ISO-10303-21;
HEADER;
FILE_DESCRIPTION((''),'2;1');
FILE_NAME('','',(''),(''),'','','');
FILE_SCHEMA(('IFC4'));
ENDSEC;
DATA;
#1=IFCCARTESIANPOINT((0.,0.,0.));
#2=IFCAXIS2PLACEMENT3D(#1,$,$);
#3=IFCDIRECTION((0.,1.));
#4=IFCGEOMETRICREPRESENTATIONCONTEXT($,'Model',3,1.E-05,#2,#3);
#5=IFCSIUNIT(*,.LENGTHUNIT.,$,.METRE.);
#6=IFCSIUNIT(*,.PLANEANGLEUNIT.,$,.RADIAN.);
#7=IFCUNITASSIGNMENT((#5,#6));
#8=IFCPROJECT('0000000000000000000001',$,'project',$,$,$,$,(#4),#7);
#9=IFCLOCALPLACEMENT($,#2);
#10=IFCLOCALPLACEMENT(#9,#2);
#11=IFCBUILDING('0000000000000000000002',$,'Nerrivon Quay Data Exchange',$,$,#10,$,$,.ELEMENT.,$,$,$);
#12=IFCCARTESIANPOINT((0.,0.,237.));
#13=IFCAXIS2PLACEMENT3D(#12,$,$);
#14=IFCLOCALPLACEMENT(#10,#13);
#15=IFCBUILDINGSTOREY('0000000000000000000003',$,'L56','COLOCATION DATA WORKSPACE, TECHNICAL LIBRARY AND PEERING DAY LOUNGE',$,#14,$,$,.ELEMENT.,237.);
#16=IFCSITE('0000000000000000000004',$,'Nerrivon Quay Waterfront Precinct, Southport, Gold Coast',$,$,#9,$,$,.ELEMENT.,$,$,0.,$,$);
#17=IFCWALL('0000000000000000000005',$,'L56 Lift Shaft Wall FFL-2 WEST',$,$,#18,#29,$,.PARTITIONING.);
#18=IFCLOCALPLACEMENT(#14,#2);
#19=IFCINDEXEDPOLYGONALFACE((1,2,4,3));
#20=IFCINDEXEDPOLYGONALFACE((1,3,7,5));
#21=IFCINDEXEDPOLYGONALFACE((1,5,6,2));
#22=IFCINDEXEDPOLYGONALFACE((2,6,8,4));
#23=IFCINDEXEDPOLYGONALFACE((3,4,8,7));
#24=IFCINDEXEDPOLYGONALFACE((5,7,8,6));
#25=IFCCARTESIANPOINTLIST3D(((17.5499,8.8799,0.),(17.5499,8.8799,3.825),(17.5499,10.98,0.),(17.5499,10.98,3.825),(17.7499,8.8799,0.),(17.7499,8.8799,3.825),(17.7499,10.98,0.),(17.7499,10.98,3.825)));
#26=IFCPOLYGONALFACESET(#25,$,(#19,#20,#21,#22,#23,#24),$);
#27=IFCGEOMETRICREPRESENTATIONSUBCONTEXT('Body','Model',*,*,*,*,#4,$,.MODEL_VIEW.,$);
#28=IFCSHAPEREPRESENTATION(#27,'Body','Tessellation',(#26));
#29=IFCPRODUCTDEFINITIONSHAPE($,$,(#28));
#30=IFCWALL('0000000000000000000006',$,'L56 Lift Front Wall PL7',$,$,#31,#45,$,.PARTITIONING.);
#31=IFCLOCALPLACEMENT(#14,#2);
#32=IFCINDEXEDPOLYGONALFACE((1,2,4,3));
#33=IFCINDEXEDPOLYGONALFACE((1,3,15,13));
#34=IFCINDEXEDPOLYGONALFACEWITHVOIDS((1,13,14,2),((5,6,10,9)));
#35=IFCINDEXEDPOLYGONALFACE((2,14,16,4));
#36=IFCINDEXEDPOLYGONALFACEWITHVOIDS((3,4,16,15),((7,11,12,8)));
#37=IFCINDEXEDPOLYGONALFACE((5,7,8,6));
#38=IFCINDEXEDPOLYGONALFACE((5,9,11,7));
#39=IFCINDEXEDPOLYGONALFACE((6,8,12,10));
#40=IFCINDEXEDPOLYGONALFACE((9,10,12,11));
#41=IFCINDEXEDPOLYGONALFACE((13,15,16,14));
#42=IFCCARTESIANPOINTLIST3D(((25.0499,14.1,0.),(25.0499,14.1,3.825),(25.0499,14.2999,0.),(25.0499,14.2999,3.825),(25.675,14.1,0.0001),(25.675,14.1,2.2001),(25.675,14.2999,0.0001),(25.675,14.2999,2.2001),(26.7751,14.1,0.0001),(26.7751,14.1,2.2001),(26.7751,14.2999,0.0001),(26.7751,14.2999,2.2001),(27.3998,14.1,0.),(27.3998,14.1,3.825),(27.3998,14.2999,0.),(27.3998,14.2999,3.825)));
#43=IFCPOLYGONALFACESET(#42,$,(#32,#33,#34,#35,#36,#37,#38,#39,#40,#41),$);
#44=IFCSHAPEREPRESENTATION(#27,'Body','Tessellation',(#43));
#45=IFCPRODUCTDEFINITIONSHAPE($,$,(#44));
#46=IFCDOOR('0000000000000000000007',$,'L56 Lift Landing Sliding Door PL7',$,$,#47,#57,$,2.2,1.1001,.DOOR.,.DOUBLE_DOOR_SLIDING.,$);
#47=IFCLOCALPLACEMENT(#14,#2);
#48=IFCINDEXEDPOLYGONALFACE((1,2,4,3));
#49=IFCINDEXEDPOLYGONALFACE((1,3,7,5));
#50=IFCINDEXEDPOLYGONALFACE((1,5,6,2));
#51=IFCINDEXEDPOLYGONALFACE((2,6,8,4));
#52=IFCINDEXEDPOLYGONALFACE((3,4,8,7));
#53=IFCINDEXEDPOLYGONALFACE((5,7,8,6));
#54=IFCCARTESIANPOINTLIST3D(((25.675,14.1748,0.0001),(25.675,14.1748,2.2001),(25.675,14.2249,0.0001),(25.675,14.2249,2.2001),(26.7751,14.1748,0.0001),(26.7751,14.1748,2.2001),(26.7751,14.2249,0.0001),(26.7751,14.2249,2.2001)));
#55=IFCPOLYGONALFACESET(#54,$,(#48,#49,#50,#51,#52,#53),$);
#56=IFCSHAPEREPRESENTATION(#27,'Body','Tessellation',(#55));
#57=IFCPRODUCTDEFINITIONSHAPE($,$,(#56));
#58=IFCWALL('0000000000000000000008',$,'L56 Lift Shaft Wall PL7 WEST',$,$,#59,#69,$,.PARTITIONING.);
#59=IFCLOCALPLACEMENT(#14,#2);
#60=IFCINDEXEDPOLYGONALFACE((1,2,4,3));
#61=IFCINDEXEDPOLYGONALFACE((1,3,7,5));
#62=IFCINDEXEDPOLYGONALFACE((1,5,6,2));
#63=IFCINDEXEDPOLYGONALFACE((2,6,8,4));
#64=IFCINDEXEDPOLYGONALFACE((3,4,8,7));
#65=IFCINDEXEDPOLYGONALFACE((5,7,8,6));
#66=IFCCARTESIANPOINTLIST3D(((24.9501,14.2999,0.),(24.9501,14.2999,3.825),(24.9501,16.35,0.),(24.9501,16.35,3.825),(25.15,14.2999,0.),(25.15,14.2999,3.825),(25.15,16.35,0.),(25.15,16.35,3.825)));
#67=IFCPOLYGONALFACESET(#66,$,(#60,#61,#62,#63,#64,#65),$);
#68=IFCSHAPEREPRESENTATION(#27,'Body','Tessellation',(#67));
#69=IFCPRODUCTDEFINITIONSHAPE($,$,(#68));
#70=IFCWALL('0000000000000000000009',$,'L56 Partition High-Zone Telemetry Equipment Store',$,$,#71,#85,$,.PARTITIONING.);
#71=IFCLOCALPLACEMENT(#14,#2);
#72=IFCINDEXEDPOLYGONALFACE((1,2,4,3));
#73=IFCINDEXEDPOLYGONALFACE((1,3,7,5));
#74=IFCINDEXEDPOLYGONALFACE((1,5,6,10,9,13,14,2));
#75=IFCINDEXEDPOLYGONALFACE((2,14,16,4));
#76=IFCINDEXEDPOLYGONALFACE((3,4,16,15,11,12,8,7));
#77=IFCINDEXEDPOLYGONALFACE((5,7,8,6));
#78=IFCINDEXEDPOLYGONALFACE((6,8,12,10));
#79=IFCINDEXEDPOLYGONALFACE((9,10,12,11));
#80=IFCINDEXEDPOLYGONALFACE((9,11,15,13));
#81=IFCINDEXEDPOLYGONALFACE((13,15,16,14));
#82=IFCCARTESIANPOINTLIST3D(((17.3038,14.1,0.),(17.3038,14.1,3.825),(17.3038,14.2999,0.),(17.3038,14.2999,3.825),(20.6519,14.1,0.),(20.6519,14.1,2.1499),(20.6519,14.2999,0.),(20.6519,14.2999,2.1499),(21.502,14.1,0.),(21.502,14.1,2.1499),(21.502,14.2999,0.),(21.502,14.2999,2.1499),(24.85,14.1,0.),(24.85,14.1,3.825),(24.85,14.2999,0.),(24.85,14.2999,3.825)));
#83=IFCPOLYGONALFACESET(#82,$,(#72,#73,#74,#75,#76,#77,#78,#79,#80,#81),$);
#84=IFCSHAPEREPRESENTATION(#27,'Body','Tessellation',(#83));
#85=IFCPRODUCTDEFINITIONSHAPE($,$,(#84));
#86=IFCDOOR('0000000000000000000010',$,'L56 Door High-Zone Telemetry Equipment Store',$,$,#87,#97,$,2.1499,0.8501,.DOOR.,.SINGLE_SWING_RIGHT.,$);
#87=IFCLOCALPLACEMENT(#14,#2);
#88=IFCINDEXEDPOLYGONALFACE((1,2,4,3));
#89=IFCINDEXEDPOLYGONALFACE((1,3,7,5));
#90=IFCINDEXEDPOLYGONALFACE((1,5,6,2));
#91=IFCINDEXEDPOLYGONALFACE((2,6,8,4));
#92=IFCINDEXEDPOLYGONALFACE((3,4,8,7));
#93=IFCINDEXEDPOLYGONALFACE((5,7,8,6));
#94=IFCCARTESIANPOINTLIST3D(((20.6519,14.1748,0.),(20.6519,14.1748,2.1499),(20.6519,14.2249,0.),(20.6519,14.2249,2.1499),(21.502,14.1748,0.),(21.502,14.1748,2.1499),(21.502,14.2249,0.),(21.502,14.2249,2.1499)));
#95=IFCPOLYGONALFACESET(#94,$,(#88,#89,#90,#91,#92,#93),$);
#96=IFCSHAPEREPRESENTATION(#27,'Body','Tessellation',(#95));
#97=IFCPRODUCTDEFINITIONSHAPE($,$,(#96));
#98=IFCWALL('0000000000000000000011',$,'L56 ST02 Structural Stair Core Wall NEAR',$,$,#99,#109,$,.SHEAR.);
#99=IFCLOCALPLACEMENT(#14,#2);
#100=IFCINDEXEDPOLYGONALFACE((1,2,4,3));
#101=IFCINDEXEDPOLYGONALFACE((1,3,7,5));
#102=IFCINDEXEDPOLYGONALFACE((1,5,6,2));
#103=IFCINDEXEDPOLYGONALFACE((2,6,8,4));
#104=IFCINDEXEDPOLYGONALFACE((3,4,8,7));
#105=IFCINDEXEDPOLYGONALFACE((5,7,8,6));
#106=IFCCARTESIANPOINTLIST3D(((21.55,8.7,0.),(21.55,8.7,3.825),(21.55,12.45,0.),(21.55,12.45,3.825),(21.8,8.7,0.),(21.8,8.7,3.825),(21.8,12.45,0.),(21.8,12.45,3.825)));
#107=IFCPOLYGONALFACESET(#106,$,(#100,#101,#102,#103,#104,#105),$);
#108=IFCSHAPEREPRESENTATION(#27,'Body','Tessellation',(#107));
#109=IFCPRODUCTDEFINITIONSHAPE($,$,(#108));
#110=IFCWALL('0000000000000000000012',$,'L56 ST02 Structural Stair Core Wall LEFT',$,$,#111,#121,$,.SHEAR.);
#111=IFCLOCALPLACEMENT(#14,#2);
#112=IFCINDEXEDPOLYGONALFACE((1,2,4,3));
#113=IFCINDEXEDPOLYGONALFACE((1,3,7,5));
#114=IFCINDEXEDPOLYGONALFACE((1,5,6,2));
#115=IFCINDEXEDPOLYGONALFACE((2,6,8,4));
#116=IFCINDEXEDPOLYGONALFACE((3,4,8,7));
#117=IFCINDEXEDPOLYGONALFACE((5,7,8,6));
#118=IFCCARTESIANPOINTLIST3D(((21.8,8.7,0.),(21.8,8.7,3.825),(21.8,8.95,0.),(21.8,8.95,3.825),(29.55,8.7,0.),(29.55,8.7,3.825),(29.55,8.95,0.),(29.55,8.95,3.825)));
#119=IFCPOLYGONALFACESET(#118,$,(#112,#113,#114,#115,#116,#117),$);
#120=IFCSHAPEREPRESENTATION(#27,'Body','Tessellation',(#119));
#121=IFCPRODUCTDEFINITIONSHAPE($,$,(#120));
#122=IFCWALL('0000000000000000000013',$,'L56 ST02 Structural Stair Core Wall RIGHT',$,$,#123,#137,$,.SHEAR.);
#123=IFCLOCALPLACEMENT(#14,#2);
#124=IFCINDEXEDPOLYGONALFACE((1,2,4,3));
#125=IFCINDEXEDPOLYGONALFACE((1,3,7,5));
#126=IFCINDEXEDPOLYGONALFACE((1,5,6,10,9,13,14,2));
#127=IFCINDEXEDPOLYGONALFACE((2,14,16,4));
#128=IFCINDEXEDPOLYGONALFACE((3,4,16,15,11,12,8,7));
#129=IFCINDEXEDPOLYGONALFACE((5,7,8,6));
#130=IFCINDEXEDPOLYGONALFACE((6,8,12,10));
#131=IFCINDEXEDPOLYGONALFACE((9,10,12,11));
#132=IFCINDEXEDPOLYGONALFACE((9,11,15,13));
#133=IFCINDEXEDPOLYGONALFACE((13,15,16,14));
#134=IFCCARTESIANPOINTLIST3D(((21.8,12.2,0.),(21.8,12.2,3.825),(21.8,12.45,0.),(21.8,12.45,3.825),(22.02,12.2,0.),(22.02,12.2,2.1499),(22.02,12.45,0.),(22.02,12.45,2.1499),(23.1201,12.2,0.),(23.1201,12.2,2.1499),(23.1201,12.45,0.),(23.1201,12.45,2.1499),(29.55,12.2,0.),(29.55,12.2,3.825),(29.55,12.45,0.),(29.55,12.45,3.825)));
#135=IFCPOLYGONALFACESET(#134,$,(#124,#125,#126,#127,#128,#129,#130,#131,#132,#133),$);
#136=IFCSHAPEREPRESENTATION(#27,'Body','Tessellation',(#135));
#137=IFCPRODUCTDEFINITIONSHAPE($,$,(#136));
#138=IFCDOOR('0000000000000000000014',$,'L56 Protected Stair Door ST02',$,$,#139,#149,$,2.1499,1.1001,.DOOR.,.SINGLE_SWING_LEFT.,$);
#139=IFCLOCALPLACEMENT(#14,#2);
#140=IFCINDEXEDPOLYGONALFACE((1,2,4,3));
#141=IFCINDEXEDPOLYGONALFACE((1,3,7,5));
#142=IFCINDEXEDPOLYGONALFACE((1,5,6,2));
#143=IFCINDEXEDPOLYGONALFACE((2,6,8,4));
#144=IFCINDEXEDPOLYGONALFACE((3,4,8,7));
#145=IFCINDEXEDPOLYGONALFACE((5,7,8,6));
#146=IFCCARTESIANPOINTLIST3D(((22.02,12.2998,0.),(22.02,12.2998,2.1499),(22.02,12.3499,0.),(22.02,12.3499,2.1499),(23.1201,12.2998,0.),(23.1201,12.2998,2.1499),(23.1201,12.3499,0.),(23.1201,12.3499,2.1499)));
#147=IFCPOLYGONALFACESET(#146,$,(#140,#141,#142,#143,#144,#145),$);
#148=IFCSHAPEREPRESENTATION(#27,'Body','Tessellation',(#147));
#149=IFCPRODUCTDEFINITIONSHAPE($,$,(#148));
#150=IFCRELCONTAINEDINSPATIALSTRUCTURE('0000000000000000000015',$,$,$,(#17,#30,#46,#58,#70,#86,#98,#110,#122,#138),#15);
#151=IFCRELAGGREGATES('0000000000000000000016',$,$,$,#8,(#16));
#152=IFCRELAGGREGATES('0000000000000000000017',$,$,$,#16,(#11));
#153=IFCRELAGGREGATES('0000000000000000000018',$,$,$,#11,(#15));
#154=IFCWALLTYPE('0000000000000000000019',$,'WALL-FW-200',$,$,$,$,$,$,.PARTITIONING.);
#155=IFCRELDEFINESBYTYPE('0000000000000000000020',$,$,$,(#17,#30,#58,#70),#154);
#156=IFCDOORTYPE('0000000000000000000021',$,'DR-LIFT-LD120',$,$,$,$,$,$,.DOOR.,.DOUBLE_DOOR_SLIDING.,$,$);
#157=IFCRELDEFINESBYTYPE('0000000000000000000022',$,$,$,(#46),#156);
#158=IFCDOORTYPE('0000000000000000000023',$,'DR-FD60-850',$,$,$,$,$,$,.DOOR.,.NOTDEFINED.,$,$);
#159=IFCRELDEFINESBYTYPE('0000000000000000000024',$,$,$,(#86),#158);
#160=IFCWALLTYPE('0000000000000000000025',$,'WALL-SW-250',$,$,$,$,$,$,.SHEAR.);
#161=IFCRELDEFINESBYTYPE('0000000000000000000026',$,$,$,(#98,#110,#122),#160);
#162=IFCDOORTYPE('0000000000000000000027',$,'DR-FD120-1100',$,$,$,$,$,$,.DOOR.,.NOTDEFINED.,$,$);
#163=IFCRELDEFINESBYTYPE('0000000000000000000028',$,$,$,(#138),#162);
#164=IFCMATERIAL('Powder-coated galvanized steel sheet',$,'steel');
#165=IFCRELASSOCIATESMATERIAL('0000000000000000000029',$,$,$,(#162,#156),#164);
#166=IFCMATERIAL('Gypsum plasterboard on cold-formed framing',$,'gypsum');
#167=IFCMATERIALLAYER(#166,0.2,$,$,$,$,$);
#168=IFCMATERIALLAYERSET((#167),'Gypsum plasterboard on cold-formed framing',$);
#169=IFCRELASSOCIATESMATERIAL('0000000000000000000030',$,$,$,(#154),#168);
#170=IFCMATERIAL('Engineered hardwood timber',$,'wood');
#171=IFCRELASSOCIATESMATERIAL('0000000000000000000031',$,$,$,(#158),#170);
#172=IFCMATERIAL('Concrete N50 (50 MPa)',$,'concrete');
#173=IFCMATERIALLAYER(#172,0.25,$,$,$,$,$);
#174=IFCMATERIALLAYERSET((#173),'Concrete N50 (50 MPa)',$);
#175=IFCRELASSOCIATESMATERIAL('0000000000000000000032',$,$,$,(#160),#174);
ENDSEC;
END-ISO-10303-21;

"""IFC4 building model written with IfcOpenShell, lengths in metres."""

from ifc_helpers import new_model, si_unit, direction, frame, frame_2d, origin, place, context, subcontext, project, spatial, rectangle, extrude, material, layer, layer_set, type_object, element, fill, save


model = new_model("IFC4")

# Units and contexts
model_context = context("Model", 3, precision=1e-05, world=origin(), true_north=direction((0.0, 1.0)))
body_context = subcontext(model_context, "Body", "Model", "MODEL_VIEW")
ifc_project = project(units=[si_unit("LENGTHUNIT", "METRE"), si_unit("PLANEANGLEUNIT", "RADIAN")], contexts=[model_context])

# Site, building, storey
site_placement = place(None, origin())
site = spatial("IfcSite", under=ifc_project, at=site_placement, Name="Nerrivon Quay Waterfront Precinct, Southport, Gold Coast", CompositionType="ELEMENT", RefElevation=0.0)
building_placement = place(site_placement, origin())
building = spatial("IfcBuilding", under=site, at=building_placement, Name="Nerrivon Quay Data Exchange", CompositionType="ELEMENT")
storey_placement = place(building_placement, frame((0.0, 0.0, 237.0)))
storey = spatial("IfcBuildingStorey", under=building, at=storey_placement, Name="L56", Description="COLOCATION DATA WORKSPACE, TECHNICAL LIBRARY AND PEERING DAY LOUNGE", CompositionType="ELEMENT", Elevation=237.0)

# Shared definitions
ifc_material_1 = material(Name="Concrete N50 (50 MPa)", Category="concrete")

# Shared definitions
ifc_material_2 = material(Name="Powder-coated galvanized steel sheet", Category="steel")
door_type_1 = type_object("IfcDoorType", Name="DR-FD120-1100", OperationType="NOTDEFINED", PredefinedType="DOOR", material=ifc_material_2)

# Shared definitions
ifc_material_3 = material(Name="Gypsum plasterboard on cold-formed framing", Category="gypsum")
ifc_layer_1 = layer(ifc_material_3, 0.2)
ifc_layer_set_1 = layer_set([ifc_layer_1], Name="Gypsum plasterboard on cold-formed framing")
wall_type_1 = type_object("IfcWallType", Name="WALL-FW-200", PredefinedType="PARTITIONING", material=ifc_layer_set_1)

# Shared definitions
door_type_2 = type_object("IfcDoorType", Name="DR-LIFT-LD120", OperationType="DOUBLE_DOOR_SLIDING", PredefinedType="DOOR", material=ifc_material_2)

# Wall
for number, where, z_axis, x_axis, name in (
    (1, (17.6499, 8.8799, 0.0), (0.0, 0.0, 1.0), (0.0, 1.0, 0.0), "L56 Lift Shaft Wall FFL-2 WEST"),
):
    element("IfcWall", number, at=place(storey_placement, frame(where, z_axis=z_axis, x_axis=x_axis)), inside=storey, type_object=wall_type_1, Name=name, PredefinedType="PARTITIONING", context=body_context, shape_type="SweptSolid", body=[
        extrude(rectangle(XDim=2.1001, YDim=0.2, at=frame_2d((1.05, 0.0))), origin(), (0.0, 0.0, 1.0), 3.825),
    ])

# Wall, opening, door
wall_1_placement = place(storey_placement, frame((25.05, 14.2, 0.0), z_axis=(0.0, 0.0, 1.0), x_axis=(1.0, 0.0, 0.0)))
wall_1 = element("IfcWall", 2, at=wall_1_placement, inside=storey, type_object=wall_type_1, Name="L56 Lift Front Wall PL7", PredefinedType="PARTITIONING", context=body_context, shape_type="SweptSolid", body=[
    extrude(rectangle(XDim=2.3499, YDim=0.2, at=frame_2d((1.1748, 0.0))), origin(), (0.0, 0.0, 1.0), 3.825),
])
opening_1_placement = place(wall_1_placement, frame((0.625, 0.0, 0.0)))
opening_1 = element("IfcOpeningElement", 3, at=opening_1_placement, cuts=wall_1, PredefinedType="OPENING", context=body_context, shape_type="SweptSolid", body=[
    extrude(rectangle(XDim=1.1001, YDim=2.2, at=frame_2d((0.55, 1.1001))), frame((0.0, 0.1099, 0.0), z_axis=(0.0, -1.0, 0.0), x_axis=(1.0, 0.0, 0.0)), (0.0, 0.0, 1.0), 0.22),
])
door_1_placement = place(opening_1_placement, origin())
door_1 = element("IfcDoor", 4, at=door_1_placement, inside=storey, type_object=door_type_2, Name="L56 Lift Landing Sliding Door PL7", OperationType="DOUBLE_DOOR_SLIDING", OverallHeight=2.2, OverallWidth=1.1001, PredefinedType="DOOR", context=body_context, shape_type="SweptSolid", body=[
    extrude(rectangle(XDim=1.1001, YDim=2.2, at=frame_2d((0.55, 1.1001))), frame((0.0, 0.0249, 0.0), z_axis=(0.0, -1.0, 0.0), x_axis=(1.0, 0.0, 0.0)), (0.0, 0.0, 1.0), 0.05),
])
fill(opening_1, door_1)

# Wall
wall_2_placement = place(storey_placement, frame((25.05, 14.3, 0.0), z_axis=(0.0, 0.0, 1.0), x_axis=(0.0, 1.0, 0.0)))
element("IfcWall", 5, at=wall_2_placement, inside=storey, type_object=wall_type_1, Name="L56 Lift Shaft Wall PL7 WEST", PredefinedType="PARTITIONING", context=body_context, shape_type="SweptSolid", body=[
    extrude(rectangle(XDim=2.05, YDim=0.2, at=frame_2d((1.0249, 0.0))), origin(), (0.0, 0.0, 1.0), 3.825),
])

# Wall, opening, door
wall_3_placement = place(storey_placement, frame((17.304, 14.2, 0.0), z_axis=(0.0, 0.0, 1.0), x_axis=(1.0, 0.0, 0.0)))
wall_3 = element("IfcWall", 6, at=wall_3_placement, inside=storey, type_object=wall_type_1, Name="L56 Partition High-Zone Telemetry Equipment Store", PredefinedType="PARTITIONING", context=body_context, shape_type="SweptSolid", body=[
    extrude(rectangle(XDim=7.5461, YDim=0.2, at=frame_2d((3.7729, 0.0))), origin(), (0.0, 0.0, 1.0), 3.825),
])
opening_2_placement = place(wall_3_placement, frame((3.3479, 0.0, 0.0)))
opening_2 = element("IfcOpeningElement", 7, at=opening_2_placement, cuts=wall_3, PredefinedType="OPENING", context=body_context, shape_type="SweptSolid", body=[
    extrude(rectangle(XDim=0.8501, YDim=2.1499, at=frame_2d((0.425, 1.075))), frame((0.0, 0.1099, 0.0), z_axis=(0.0, -1.0, 0.0), x_axis=(1.0, 0.0, 0.0)), (0.0, 0.0, 1.0), 0.22),
])
ifc_material_4 = material(Name="Engineered hardwood timber", Category="wood")
door_type_3 = type_object("IfcDoorType", Name="DR-FD60-850", OperationType="NOTDEFINED", PredefinedType="DOOR", material=ifc_material_4)
door_2_placement = place(opening_2_placement, origin())
door_2 = element("IfcDoor", 8, at=door_2_placement, inside=storey, type_object=door_type_3, Name="L56 Door High-Zone Telemetry Equipment Store", OperationType="SINGLE_SWING_RIGHT", OverallHeight=2.1499, OverallWidth=0.8501, PredefinedType="DOOR", context=body_context, shape_type="SweptSolid", body=[
    extrude(rectangle(XDim=0.8501, YDim=2.1499, at=frame_2d((0.425, 1.075))), frame((0.0, 0.0249, 0.0), z_axis=(0.0, -1.0, 0.0), x_axis=(1.0, 0.0, 0.0)), (0.0, 0.0, 1.0), 0.05),
])
fill(opening_2, door_2)

# Walls
ifc_layer_2 = layer(ifc_material_1, 0.25)
ifc_layer_set_2 = layer_set([ifc_layer_2], Name="Concrete N50 (50 MPa)")
wall_type_2 = type_object("IfcWallType", Name="WALL-SW-250", PredefinedType="SHEAR", material=ifc_layer_set_2)
wall_4_placement = place(storey_placement, frame((21.675, 8.7, 0.0), z_axis=(0.0, 0.0, 1.0), x_axis=(0.0, 1.0, 0.0)))
element("IfcWall", 9, at=wall_4_placement, inside=storey, type_object=wall_type_2, Name="L56 ST02 Structural Stair Core Wall NEAR", PredefinedType="SHEAR", context=body_context, shape_type="SweptSolid", body=[
    extrude(rectangle(XDim=3.75, YDim=0.25, at=frame_2d((1.875, 0.0))), origin(), (0.0, 0.0, 1.0), 3.825),
])
wall_5_placement = place(storey_placement, frame((21.8, 8.825, 0.0), z_axis=(0.0, 0.0, 1.0), x_axis=(1.0, 0.0, 0.0)))
element("IfcWall", 10, at=wall_5_placement, inside=storey, type_object=wall_type_2, Name="L56 ST02 Structural Stair Core Wall LEFT", PredefinedType="SHEAR", context=body_context, shape_type="SweptSolid", body=[
    extrude(rectangle(XDim=7.75, YDim=0.25, at=frame_2d((3.875, 0.0))), origin(), (0.0, 0.0, 1.0), 3.825),
])

# Wall, opening, door
wall_6_placement = place(storey_placement, frame((21.8, 12.325, 0.0), z_axis=(0.0, 0.0, 1.0), x_axis=(1.0, 0.0, 0.0)))
wall_6 = element("IfcWall", 11, at=wall_6_placement, inside=storey, type_object=wall_type_2, Name="L56 ST02 Structural Stair Core Wall RIGHT", PredefinedType="SHEAR", context=body_context, shape_type="SweptSolid", body=[
    extrude(rectangle(XDim=7.75, YDim=0.25, at=frame_2d((3.875, 0.0))), origin(), (0.0, 0.0, 1.0), 3.825),
])
opening_3_placement = place(wall_6_placement, frame((0.22, 0.0, 0.0)))
opening_3 = element("IfcOpeningElement", 12, at=opening_3_placement, cuts=wall_6, PredefinedType="OPENING", context=body_context, shape_type="SweptSolid", body=[
    extrude(rectangle(XDim=1.1001, YDim=2.1499, at=frame_2d((0.55, 1.075))), frame((0.0, 0.135, 0.0), z_axis=(0.0, -1.0, 0.0), x_axis=(1.0, 0.0, 0.0)), (0.0, 0.0, 1.0), 0.27),
])
door_3_placement = place(opening_3_placement, origin())
door_3 = element("IfcDoor", 13, at=door_3_placement, inside=storey, type_object=door_type_1, Name="L56 Protected Stair Door ST02", OperationType="SINGLE_SWING_LEFT", OverallHeight=2.1499, OverallWidth=1.1001, PredefinedType="DOOR", context=body_context, shape_type="SweptSolid", body=[
    extrude(rectangle(XDim=1.1001, YDim=2.1499, at=frame_2d((0.55, 1.075))), frame((0.0, 0.0249, 0.0), z_axis=(0.0, -1.0, 0.0), x_axis=(1.0, 0.0, 0.0)), (0.0, 0.0, 1.0), 0.05),
])
fill(opening_3, door_3)

save(model, "model.ifc")
